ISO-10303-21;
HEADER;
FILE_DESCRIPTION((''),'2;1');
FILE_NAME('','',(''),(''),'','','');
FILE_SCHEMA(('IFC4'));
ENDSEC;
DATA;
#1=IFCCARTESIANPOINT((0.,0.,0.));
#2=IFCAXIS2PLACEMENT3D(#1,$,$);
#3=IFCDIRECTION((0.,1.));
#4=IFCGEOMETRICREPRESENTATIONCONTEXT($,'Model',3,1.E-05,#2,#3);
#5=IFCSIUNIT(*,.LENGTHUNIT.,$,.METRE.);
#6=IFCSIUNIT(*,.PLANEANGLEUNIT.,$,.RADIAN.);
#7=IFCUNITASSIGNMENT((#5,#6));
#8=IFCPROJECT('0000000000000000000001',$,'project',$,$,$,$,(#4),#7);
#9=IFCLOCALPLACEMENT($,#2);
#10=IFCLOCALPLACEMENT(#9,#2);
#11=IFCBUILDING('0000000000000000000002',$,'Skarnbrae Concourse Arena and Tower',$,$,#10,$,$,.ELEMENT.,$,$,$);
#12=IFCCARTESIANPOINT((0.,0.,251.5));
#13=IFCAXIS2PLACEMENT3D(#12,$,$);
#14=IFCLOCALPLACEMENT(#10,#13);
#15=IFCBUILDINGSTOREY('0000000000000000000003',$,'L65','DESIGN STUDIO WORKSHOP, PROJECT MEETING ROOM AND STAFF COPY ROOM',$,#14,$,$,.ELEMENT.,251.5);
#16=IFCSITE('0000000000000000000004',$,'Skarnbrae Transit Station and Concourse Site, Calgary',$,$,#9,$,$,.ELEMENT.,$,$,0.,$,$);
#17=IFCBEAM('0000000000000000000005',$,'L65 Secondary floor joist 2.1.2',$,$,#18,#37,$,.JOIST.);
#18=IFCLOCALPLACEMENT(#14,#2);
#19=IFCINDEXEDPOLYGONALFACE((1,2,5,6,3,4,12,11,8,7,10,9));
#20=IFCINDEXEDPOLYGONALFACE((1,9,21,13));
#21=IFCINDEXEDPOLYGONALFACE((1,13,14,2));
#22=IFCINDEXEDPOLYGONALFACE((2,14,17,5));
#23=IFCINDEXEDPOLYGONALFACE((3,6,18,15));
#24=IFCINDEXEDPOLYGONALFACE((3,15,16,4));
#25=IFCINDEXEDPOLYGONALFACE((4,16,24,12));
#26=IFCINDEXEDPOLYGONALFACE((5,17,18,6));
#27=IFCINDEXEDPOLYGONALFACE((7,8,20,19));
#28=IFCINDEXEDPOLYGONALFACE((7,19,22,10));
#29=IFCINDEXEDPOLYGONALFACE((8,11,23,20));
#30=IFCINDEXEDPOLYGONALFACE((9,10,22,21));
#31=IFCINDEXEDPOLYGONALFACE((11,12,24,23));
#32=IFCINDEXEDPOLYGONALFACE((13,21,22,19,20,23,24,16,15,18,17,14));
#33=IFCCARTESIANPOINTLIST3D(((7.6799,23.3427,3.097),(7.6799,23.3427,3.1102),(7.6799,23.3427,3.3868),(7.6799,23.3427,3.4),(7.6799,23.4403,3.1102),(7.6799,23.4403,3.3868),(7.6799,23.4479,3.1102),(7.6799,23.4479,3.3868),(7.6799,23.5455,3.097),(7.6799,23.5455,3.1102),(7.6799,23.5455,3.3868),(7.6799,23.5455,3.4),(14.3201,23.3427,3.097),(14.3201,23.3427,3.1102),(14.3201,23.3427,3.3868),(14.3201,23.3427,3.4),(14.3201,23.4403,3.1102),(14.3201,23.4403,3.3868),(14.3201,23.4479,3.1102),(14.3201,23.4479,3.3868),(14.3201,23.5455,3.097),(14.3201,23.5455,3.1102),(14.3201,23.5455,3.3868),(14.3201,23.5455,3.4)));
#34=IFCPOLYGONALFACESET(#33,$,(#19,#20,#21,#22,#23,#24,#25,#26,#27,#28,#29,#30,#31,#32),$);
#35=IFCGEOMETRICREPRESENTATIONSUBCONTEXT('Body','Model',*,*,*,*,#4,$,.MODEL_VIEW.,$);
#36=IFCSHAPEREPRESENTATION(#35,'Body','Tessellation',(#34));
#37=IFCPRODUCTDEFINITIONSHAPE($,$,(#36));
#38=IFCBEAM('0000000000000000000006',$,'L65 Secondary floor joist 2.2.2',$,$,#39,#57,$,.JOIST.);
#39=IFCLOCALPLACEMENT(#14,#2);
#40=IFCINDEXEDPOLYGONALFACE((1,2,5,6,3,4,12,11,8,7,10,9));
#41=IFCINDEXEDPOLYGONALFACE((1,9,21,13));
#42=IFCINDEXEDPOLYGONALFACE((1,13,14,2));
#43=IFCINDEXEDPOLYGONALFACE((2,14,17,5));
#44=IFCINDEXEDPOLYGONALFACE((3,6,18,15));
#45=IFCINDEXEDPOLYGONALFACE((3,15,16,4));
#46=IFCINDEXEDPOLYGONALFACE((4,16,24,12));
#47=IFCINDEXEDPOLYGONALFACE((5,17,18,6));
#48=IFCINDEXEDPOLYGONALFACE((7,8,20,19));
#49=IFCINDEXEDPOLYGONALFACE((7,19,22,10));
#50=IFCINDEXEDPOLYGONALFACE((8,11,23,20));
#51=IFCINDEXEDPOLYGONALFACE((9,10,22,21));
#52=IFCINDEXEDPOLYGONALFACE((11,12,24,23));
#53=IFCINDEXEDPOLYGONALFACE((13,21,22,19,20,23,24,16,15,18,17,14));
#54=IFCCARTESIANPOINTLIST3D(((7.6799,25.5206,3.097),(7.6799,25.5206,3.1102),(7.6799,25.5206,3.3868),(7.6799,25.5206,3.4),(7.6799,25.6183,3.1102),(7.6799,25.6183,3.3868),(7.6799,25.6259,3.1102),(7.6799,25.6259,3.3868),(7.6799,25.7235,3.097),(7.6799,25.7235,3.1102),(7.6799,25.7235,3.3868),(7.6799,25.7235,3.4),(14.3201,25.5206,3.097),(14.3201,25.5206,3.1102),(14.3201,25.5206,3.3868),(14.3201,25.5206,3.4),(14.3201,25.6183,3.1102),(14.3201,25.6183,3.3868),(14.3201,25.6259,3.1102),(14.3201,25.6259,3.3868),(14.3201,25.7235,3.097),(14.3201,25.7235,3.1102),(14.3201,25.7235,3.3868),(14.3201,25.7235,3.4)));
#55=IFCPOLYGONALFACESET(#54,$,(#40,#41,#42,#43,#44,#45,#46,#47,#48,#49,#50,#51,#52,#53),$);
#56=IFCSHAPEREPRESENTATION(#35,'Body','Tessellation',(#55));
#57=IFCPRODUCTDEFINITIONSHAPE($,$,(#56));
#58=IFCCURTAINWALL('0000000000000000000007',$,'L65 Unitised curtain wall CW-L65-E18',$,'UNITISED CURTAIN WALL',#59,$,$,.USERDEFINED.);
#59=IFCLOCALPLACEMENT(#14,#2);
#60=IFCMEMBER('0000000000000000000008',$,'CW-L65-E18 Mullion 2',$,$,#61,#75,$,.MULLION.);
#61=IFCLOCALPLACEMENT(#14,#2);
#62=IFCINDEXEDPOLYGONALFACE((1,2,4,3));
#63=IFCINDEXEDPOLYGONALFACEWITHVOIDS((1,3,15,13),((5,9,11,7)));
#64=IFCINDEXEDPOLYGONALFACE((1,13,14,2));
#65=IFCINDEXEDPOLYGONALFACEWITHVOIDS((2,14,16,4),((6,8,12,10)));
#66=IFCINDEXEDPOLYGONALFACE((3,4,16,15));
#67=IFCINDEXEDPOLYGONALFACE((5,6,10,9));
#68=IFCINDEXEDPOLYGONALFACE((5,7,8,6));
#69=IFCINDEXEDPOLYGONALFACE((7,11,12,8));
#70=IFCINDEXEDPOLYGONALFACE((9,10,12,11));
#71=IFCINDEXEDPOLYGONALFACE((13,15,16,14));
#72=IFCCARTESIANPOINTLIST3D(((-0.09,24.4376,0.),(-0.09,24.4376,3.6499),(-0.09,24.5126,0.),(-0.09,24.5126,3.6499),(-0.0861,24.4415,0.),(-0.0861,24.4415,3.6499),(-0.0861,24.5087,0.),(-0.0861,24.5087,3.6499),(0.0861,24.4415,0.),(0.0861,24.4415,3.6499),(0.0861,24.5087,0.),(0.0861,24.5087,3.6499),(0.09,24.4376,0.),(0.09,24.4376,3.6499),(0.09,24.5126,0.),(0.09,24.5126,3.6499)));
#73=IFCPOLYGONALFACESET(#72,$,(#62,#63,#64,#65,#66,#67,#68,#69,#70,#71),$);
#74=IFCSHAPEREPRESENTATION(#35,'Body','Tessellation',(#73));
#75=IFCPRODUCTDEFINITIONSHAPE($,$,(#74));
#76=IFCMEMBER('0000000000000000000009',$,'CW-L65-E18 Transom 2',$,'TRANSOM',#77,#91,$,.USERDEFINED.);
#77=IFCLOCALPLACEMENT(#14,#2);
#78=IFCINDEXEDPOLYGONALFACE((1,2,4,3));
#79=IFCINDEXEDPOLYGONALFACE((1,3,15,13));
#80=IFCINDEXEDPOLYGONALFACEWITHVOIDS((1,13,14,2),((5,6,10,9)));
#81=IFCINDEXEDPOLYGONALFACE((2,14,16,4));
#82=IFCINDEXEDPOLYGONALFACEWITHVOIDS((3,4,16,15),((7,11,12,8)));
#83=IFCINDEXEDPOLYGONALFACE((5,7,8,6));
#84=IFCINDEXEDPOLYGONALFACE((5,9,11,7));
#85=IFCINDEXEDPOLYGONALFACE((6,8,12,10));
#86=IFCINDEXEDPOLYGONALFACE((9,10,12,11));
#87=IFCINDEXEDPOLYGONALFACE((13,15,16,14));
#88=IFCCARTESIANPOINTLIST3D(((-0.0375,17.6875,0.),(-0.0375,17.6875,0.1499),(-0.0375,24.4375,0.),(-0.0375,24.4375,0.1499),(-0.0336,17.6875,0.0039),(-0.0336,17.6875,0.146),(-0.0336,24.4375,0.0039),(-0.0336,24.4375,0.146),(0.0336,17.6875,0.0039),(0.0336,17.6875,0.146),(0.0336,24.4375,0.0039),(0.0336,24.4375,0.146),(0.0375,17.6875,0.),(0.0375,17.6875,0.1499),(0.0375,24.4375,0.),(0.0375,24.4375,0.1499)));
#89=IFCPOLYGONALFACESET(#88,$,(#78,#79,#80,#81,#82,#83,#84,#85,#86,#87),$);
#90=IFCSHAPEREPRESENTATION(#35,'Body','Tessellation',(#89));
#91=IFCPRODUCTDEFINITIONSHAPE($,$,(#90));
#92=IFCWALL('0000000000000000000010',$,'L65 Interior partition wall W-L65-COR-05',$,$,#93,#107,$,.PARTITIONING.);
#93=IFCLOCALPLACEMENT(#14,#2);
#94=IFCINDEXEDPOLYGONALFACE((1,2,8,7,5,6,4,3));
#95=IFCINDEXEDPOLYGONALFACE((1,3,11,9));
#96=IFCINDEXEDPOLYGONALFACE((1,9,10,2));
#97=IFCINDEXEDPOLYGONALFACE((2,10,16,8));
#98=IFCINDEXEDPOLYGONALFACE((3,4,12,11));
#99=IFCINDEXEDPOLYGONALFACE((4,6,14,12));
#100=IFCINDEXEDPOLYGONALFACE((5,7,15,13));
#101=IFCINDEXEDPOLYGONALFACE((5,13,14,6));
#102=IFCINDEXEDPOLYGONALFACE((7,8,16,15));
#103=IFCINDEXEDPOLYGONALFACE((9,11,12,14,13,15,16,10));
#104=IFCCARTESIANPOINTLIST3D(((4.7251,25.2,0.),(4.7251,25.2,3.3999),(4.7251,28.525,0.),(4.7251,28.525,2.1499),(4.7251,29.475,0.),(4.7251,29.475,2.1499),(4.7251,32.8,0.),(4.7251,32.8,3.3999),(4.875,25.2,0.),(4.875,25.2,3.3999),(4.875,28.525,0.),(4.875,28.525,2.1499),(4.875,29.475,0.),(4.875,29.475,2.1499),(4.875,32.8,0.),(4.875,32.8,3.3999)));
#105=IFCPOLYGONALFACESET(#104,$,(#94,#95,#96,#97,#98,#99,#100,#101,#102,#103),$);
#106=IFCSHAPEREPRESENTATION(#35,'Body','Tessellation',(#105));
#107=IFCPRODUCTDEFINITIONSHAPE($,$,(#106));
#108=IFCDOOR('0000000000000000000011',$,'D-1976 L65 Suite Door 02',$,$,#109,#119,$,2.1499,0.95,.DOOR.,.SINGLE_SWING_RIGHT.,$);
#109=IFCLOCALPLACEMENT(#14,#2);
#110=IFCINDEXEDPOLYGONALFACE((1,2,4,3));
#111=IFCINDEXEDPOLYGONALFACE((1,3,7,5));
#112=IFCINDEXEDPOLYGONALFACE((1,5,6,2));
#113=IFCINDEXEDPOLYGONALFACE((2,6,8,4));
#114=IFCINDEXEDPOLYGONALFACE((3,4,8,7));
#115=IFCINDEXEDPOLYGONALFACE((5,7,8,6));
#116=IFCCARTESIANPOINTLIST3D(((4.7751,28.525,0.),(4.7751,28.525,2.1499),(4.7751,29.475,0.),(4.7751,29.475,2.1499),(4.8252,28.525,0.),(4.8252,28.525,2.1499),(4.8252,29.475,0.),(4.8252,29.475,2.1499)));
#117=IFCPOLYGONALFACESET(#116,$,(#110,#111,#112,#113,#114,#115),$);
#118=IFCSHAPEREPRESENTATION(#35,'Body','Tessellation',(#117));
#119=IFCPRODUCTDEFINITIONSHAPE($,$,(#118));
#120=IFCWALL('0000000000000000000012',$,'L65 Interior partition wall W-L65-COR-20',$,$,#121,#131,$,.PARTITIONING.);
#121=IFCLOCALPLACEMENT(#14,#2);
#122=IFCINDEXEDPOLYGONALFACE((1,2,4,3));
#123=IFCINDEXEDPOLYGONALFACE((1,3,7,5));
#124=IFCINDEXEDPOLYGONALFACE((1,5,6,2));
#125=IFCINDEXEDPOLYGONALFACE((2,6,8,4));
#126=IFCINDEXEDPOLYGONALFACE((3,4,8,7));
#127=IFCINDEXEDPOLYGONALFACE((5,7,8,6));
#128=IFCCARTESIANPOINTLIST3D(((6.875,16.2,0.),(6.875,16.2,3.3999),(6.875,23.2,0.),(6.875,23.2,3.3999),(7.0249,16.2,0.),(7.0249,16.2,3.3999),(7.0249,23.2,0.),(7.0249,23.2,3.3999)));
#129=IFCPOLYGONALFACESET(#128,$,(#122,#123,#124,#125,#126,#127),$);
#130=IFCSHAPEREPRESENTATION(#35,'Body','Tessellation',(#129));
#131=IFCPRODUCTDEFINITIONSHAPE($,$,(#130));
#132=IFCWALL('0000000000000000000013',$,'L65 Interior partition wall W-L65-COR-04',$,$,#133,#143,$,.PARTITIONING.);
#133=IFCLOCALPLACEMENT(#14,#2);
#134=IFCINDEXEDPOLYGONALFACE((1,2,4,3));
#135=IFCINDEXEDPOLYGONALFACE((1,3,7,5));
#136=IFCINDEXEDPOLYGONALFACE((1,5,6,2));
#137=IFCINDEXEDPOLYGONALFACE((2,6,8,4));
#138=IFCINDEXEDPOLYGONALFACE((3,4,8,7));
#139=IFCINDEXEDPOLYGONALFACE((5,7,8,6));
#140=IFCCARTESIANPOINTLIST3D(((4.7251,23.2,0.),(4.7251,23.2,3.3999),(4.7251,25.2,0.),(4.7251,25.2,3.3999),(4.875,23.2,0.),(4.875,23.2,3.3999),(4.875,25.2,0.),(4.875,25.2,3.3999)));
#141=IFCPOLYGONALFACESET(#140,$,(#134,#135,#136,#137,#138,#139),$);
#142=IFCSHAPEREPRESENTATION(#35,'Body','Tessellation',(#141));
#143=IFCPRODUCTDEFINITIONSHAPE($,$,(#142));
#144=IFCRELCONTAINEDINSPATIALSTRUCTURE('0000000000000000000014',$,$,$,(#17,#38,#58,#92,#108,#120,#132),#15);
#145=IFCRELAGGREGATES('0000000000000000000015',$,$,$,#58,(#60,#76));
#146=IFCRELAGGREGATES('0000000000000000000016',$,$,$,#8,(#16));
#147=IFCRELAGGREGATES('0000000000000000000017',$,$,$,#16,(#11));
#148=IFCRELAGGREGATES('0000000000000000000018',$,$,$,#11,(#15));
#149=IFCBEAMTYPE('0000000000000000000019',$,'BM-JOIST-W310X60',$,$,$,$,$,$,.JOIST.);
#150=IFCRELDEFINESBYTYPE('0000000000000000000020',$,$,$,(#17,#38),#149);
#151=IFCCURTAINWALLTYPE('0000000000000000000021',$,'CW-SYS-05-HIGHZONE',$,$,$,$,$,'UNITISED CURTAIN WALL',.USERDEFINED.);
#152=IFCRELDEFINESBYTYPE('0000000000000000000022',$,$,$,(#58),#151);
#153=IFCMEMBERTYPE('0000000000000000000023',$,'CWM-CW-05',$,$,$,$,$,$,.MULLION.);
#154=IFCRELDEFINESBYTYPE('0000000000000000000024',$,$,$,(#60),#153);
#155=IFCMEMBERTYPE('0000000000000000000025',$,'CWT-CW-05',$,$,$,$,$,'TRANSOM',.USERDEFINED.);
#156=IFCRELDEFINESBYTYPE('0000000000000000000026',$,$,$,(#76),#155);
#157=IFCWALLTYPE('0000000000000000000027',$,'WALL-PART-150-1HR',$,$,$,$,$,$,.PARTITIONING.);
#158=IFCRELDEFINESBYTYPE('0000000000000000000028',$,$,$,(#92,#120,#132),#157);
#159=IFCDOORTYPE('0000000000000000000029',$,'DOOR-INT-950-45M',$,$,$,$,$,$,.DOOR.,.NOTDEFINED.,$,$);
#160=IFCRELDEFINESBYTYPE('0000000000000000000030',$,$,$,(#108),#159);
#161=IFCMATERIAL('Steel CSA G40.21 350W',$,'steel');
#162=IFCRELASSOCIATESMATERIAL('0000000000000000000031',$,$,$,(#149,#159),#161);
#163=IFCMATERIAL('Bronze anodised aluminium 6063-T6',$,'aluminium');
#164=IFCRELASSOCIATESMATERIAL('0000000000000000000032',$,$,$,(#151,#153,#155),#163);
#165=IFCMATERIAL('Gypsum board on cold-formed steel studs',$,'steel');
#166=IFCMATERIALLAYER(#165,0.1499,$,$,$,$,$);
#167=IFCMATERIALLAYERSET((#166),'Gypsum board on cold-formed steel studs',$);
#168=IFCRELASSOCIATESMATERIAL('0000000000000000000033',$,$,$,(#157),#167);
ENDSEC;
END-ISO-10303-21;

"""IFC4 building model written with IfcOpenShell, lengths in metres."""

from ifc_helpers import new_model, si_unit, direction, frame, frame_2d, origin, origin_2d, place, context, subcontext, project, spatial, rectangle, hollow_rectangle, i_section, extrude, source, transform, mapped, material, layer, layer_set, material_profile, profile_set, type_object, element, fill, aggregate, save


model = new_model("IFC4")

# Units and contexts
model_context = context("Model", 3, precision=1e-05, world=origin(), true_north=direction((0.0, 1.0)))
body_context = subcontext(model_context, "Body", "Model", "MODEL_VIEW")
ifc_project = project(units=[si_unit("LENGTHUNIT", "METRE"), si_unit("PLANEANGLEUNIT", "RADIAN")], contexts=[model_context])

# Site, building, storey
site_placement = place(None, origin())
site = spatial("IfcSite", under=ifc_project, at=site_placement, Name="Skarnbrae Transit Station and Concourse Site, Calgary", CompositionType="ELEMENT", RefElevation=0.0)
building_placement = place(site_placement, origin())
building = spatial("IfcBuilding", under=site, at=building_placement, Name="Skarnbrae Concourse Arena and Tower", CompositionType="ELEMENT")
storey_placement = place(building_placement, frame((0.0, 0.0, 251.5)))
storey = spatial("IfcBuildingStorey", under=building, at=storey_placement, Name="L65", Description="DESIGN STUDIO WORKSHOP, PROJECT MEETING ROOM AND STAFF COPY ROOM", CompositionType="ELEMENT", Elevation=251.5)

# Shared definitions
ifc_material_1 = material(Name="Steel CSA G40.21 350W", Category="steel")

# Beams
ifc_material_profile_1 = material_profile(ifc_material_1, i_section(OverallWidth=0.2029, OverallDepth=0.303, WebThickness=0.0076, FlangeThickness=0.0132, at=origin_2d()), Name="W310X60")
ifc_profile_set_1 = profile_set([ifc_material_profile_1], Name="Steel CSA G40.21 350W")
beam_type_1 = type_object("IfcBeamType", Name="BM-JOIST-W310X60", PredefinedType="JOIST", material=ifc_profile_set_1)
shared_shape_1 = source(origin(), body_context, "Body", "SweptSolid", [
    extrude(i_section(OverallWidth=0.2029, OverallDepth=0.303, WebThickness=0.0076, FlangeThickness=0.0132, at=origin_2d()), origin(), (0.0, 0.0, 1.0), 6.6401),
])
for number, where, z_axis, x_axis, name in (
    (1, (7.6799, 23.4441, 3.2485), (1.0, 0.0, 0.0), (0.0, 1.0, 0.0), "L65 Secondary floor joist 2.1.2"),
    (2, (7.6799, 25.6221, 3.2485), (1.0, 0.0, 0.0), (0.0, 1.0, 0.0), "L65 Secondary floor joist 2.2.2"),
):
    element("IfcBeam", number, at=place(storey_placement, frame(where, z_axis=z_axis, x_axis=x_axis)), inside=storey, type_object=beam_type_1, Name=name, PredefinedType="JOIST", context=body_context, shape_type="MappedRepresentation", body=[
        mapped(shared_shape_1, transform((0.0, 0.0, 0.0))),
    ])

# Curtain wall, members
ifc_material_2 = material(Name="Bronze anodised aluminium 6063-T6", Category="aluminium")
curtain_wall_type = type_object("IfcCurtainWallType", Name="CW-SYS-05-HIGHZONE", ElementType="UNITISED CURTAIN WALL", PredefinedType="USERDEFINED", material=ifc_material_2)
curtain_wall_placement = place(storey_placement, origin())
curtain_wall = element("IfcCurtainWall", 3, at=curtain_wall_placement, inside=storey, type_object=curtain_wall_type, Name="L65 Unitised curtain wall CW-L65-E18", ObjectType="UNITISED CURTAIN WALL", PredefinedType="USERDEFINED")
ifc_material_profile_2 = material_profile(ifc_material_2, hollow_rectangle(XDim=0.075, YDim=0.1799, WallThickness=0.0039, at=origin_2d()), Name="ALU-MULL-75X180")
ifc_profile_set_2 = profile_set([ifc_material_profile_2], Name="Bronze anodised aluminium 6063-T6")
member_type_1 = type_object("IfcMemberType", Name="CWM-CW-05", PredefinedType="MULLION", material=ifc_profile_set_2)
shared_shape_2 = source(origin(), body_context, "Body", "SweptSolid", [
    extrude(hollow_rectangle(XDim=0.075, YDim=0.1799, WallThickness=0.0039, at=origin_2d()), origin(), (0.0, 0.0, 1.0), 3.6499),
])
member_1_placement = place(storey_placement, frame((0.0, 24.4751, 0.0), z_axis=(0.0, 0.0, 1.0), x_axis=(0.0, -1.0, 0.0)))
member_1 = element("IfcMember", 4, at=member_1_placement, type_object=member_type_1, Name="CW-L65-E18 Mullion 2", PredefinedType="MULLION", context=body_context, shape_type="MappedRepresentation", body=[
    mapped(shared_shape_2, transform((0.0, 0.0, 0.0))),
])
ifc_material_profile_3 = material_profile(ifc_material_2, hollow_rectangle(XDim=0.075, YDim=0.1499, WallThickness=0.0039, at=origin_2d()), Name="ALU-TRAN-75X150")
ifc_profile_set_3 = profile_set([ifc_material_profile_3], Name="Bronze anodised aluminium 6063-T6")
member_type_2 = type_object("IfcMemberType", Name="CWT-CW-05", ElementType="TRANSOM", PredefinedType="USERDEFINED", material=ifc_profile_set_3)
shared_shape_3 = source(origin(), body_context, "Body", "SweptSolid", [
    extrude(hollow_rectangle(XDim=0.075, YDim=0.1499, WallThickness=0.0039, at=origin_2d()), origin(), (0.0, 0.0, 1.0), 6.75),
])
member_2_placement = place(storey_placement, frame((0.0, 24.4375, 0.075), z_axis=(0.0, -1.0, 0.0), x_axis=(1.0, 0.0, 0.0)))
member_2 = element("IfcMember", 5, at=member_2_placement, type_object=member_type_2, Name="CW-L65-E18 Transom 2", ObjectType="TRANSOM", PredefinedType="USERDEFINED", context=body_context, shape_type="MappedRepresentation", body=[
    mapped(shared_shape_3, transform((0.0, 0.0, 0.0))),
])
aggregate(curtain_wall, [member_1, member_2])

# Wall, opening, door
ifc_material_3 = material(Name="Gypsum board on cold-formed steel studs", Category="steel")
ifc_layer_1 = layer(ifc_material_3, 0.1499)
ifc_layer_set_1 = layer_set([ifc_layer_1], Name="Gypsum board on cold-formed steel studs")
wall_type_1 = type_object("IfcWallType", Name="WALL-PART-150-1HR", PredefinedType="PARTITIONING", material=ifc_layer_set_1)
shared_shape_4 = source(origin(), body_context, "Body", "SweptSolid", [
    extrude(rectangle(XDim=7.6001, YDim=0.1499, at=frame_2d((3.8, 0.0))), origin(), (0.0, 0.0, 1.0), 3.3999),
])
wall_1_placement = place(storey_placement, frame((4.8, 25.2, 0.0), z_axis=(0.0, 0.0, 1.0), x_axis=(0.0, 1.0, 0.0)))
wall_1 = element("IfcWall", 6, at=wall_1_placement, inside=storey, type_object=wall_type_1, Name="L65 Interior partition wall W-L65-COR-05", PredefinedType="PARTITIONING", context=body_context, shape_type="MappedRepresentation", body=[
    mapped(shared_shape_4, transform((0.0, 0.0, 0.0))),
])
opening_1_placement = place(wall_1_placement, frame((3.325, 0.0, 0.0)))
opening_1 = element("IfcOpeningElement", 7, at=opening_1_placement, cuts=wall_1, PredefinedType="OPENING", context=body_context, shape_type="SweptSolid", body=[
    extrude(rectangle(XDim=0.95, YDim=2.1499, at=frame_2d((0.4751, 1.075))), frame((0.0, 0.085, 0.0), z_axis=(0.0, -1.0, 0.0), x_axis=(1.0, 0.0, 0.0)), (0.0, 0.0, 1.0), 0.1699),
])
door_type = type_object("IfcDoorType", Name="DOOR-INT-950-45M", OperationType="NOTDEFINED", PredefinedType="DOOR", material=ifc_material_1)
shared_shape_5 = source(origin(), body_context, "Body", "SweptSolid", [
    extrude(rectangle(XDim=0.95, YDim=2.1499, at=frame_2d((0.4751, 1.075))), frame((0.0, 0.0249, 0.0), z_axis=(0.0, -1.0, 0.0), x_axis=(1.0, 0.0, 0.0)), (0.0, 0.0, 1.0), 0.05),
])
door_1_placement = place(opening_1_placement, origin())
door_1 = element("IfcDoor", 8, at=door_1_placement, inside=storey, type_object=door_type, Name="D-1976 L65 Suite Door 02", OperationType="SINGLE_SWING_RIGHT", OverallHeight=2.1499, OverallWidth=0.95, PredefinedType="DOOR", context=body_context, shape_type="MappedRepresentation", body=[
    mapped(shared_shape_5, transform((0.0, 0.0, 0.0))),
])
fill(opening_1, door_1)

# Walls
shared_shape_6 = source(origin(), body_context, "Body", "SweptSolid", [
    extrude(rectangle(XDim=7.0, YDim=0.1499, at=frame_2d((3.5, 0.0))), origin(), (0.0, 0.0, 1.0), 3.3999),
])
wall_2_placement = place(storey_placement, frame((6.95, 23.2, 0.0), z_axis=(0.0, 0.0, 1.0), x_axis=(0.0, -1.0, 0.0)))
element("IfcWall", 9, at=wall_2_placement, inside=storey, type_object=wall_type_1, Name="L65 Interior partition wall W-L65-COR-20", PredefinedType="PARTITIONING", context=body_context, shape_type="MappedRepresentation", body=[
    mapped(shared_shape_6, transform((0.0, 0.0, 0.0))),
])
shared_shape_7 = source(origin(), body_context, "Body", "SweptSolid", [
    extrude(rectangle(XDim=2.0, YDim=0.1499, at=frame_2d((1.0, 0.0))), origin(), (0.0, 0.0, 1.0), 3.3999),
])
wall_3_placement = place(storey_placement, frame((4.8, 23.2, 0.0), z_axis=(0.0, 0.0, 1.0), x_axis=(0.0, 1.0, 0.0)))
element("IfcWall", 10, at=wall_3_placement, inside=storey, type_object=wall_type_1, Name="L65 Interior partition wall W-L65-COR-04", PredefinedType="PARTITIONING", context=body_context, shape_type="MappedRepresentation", body=[
    mapped(shared_shape_7, transform((0.0, 0.0, 0.0))),
])

save(model, "model.ifc")
